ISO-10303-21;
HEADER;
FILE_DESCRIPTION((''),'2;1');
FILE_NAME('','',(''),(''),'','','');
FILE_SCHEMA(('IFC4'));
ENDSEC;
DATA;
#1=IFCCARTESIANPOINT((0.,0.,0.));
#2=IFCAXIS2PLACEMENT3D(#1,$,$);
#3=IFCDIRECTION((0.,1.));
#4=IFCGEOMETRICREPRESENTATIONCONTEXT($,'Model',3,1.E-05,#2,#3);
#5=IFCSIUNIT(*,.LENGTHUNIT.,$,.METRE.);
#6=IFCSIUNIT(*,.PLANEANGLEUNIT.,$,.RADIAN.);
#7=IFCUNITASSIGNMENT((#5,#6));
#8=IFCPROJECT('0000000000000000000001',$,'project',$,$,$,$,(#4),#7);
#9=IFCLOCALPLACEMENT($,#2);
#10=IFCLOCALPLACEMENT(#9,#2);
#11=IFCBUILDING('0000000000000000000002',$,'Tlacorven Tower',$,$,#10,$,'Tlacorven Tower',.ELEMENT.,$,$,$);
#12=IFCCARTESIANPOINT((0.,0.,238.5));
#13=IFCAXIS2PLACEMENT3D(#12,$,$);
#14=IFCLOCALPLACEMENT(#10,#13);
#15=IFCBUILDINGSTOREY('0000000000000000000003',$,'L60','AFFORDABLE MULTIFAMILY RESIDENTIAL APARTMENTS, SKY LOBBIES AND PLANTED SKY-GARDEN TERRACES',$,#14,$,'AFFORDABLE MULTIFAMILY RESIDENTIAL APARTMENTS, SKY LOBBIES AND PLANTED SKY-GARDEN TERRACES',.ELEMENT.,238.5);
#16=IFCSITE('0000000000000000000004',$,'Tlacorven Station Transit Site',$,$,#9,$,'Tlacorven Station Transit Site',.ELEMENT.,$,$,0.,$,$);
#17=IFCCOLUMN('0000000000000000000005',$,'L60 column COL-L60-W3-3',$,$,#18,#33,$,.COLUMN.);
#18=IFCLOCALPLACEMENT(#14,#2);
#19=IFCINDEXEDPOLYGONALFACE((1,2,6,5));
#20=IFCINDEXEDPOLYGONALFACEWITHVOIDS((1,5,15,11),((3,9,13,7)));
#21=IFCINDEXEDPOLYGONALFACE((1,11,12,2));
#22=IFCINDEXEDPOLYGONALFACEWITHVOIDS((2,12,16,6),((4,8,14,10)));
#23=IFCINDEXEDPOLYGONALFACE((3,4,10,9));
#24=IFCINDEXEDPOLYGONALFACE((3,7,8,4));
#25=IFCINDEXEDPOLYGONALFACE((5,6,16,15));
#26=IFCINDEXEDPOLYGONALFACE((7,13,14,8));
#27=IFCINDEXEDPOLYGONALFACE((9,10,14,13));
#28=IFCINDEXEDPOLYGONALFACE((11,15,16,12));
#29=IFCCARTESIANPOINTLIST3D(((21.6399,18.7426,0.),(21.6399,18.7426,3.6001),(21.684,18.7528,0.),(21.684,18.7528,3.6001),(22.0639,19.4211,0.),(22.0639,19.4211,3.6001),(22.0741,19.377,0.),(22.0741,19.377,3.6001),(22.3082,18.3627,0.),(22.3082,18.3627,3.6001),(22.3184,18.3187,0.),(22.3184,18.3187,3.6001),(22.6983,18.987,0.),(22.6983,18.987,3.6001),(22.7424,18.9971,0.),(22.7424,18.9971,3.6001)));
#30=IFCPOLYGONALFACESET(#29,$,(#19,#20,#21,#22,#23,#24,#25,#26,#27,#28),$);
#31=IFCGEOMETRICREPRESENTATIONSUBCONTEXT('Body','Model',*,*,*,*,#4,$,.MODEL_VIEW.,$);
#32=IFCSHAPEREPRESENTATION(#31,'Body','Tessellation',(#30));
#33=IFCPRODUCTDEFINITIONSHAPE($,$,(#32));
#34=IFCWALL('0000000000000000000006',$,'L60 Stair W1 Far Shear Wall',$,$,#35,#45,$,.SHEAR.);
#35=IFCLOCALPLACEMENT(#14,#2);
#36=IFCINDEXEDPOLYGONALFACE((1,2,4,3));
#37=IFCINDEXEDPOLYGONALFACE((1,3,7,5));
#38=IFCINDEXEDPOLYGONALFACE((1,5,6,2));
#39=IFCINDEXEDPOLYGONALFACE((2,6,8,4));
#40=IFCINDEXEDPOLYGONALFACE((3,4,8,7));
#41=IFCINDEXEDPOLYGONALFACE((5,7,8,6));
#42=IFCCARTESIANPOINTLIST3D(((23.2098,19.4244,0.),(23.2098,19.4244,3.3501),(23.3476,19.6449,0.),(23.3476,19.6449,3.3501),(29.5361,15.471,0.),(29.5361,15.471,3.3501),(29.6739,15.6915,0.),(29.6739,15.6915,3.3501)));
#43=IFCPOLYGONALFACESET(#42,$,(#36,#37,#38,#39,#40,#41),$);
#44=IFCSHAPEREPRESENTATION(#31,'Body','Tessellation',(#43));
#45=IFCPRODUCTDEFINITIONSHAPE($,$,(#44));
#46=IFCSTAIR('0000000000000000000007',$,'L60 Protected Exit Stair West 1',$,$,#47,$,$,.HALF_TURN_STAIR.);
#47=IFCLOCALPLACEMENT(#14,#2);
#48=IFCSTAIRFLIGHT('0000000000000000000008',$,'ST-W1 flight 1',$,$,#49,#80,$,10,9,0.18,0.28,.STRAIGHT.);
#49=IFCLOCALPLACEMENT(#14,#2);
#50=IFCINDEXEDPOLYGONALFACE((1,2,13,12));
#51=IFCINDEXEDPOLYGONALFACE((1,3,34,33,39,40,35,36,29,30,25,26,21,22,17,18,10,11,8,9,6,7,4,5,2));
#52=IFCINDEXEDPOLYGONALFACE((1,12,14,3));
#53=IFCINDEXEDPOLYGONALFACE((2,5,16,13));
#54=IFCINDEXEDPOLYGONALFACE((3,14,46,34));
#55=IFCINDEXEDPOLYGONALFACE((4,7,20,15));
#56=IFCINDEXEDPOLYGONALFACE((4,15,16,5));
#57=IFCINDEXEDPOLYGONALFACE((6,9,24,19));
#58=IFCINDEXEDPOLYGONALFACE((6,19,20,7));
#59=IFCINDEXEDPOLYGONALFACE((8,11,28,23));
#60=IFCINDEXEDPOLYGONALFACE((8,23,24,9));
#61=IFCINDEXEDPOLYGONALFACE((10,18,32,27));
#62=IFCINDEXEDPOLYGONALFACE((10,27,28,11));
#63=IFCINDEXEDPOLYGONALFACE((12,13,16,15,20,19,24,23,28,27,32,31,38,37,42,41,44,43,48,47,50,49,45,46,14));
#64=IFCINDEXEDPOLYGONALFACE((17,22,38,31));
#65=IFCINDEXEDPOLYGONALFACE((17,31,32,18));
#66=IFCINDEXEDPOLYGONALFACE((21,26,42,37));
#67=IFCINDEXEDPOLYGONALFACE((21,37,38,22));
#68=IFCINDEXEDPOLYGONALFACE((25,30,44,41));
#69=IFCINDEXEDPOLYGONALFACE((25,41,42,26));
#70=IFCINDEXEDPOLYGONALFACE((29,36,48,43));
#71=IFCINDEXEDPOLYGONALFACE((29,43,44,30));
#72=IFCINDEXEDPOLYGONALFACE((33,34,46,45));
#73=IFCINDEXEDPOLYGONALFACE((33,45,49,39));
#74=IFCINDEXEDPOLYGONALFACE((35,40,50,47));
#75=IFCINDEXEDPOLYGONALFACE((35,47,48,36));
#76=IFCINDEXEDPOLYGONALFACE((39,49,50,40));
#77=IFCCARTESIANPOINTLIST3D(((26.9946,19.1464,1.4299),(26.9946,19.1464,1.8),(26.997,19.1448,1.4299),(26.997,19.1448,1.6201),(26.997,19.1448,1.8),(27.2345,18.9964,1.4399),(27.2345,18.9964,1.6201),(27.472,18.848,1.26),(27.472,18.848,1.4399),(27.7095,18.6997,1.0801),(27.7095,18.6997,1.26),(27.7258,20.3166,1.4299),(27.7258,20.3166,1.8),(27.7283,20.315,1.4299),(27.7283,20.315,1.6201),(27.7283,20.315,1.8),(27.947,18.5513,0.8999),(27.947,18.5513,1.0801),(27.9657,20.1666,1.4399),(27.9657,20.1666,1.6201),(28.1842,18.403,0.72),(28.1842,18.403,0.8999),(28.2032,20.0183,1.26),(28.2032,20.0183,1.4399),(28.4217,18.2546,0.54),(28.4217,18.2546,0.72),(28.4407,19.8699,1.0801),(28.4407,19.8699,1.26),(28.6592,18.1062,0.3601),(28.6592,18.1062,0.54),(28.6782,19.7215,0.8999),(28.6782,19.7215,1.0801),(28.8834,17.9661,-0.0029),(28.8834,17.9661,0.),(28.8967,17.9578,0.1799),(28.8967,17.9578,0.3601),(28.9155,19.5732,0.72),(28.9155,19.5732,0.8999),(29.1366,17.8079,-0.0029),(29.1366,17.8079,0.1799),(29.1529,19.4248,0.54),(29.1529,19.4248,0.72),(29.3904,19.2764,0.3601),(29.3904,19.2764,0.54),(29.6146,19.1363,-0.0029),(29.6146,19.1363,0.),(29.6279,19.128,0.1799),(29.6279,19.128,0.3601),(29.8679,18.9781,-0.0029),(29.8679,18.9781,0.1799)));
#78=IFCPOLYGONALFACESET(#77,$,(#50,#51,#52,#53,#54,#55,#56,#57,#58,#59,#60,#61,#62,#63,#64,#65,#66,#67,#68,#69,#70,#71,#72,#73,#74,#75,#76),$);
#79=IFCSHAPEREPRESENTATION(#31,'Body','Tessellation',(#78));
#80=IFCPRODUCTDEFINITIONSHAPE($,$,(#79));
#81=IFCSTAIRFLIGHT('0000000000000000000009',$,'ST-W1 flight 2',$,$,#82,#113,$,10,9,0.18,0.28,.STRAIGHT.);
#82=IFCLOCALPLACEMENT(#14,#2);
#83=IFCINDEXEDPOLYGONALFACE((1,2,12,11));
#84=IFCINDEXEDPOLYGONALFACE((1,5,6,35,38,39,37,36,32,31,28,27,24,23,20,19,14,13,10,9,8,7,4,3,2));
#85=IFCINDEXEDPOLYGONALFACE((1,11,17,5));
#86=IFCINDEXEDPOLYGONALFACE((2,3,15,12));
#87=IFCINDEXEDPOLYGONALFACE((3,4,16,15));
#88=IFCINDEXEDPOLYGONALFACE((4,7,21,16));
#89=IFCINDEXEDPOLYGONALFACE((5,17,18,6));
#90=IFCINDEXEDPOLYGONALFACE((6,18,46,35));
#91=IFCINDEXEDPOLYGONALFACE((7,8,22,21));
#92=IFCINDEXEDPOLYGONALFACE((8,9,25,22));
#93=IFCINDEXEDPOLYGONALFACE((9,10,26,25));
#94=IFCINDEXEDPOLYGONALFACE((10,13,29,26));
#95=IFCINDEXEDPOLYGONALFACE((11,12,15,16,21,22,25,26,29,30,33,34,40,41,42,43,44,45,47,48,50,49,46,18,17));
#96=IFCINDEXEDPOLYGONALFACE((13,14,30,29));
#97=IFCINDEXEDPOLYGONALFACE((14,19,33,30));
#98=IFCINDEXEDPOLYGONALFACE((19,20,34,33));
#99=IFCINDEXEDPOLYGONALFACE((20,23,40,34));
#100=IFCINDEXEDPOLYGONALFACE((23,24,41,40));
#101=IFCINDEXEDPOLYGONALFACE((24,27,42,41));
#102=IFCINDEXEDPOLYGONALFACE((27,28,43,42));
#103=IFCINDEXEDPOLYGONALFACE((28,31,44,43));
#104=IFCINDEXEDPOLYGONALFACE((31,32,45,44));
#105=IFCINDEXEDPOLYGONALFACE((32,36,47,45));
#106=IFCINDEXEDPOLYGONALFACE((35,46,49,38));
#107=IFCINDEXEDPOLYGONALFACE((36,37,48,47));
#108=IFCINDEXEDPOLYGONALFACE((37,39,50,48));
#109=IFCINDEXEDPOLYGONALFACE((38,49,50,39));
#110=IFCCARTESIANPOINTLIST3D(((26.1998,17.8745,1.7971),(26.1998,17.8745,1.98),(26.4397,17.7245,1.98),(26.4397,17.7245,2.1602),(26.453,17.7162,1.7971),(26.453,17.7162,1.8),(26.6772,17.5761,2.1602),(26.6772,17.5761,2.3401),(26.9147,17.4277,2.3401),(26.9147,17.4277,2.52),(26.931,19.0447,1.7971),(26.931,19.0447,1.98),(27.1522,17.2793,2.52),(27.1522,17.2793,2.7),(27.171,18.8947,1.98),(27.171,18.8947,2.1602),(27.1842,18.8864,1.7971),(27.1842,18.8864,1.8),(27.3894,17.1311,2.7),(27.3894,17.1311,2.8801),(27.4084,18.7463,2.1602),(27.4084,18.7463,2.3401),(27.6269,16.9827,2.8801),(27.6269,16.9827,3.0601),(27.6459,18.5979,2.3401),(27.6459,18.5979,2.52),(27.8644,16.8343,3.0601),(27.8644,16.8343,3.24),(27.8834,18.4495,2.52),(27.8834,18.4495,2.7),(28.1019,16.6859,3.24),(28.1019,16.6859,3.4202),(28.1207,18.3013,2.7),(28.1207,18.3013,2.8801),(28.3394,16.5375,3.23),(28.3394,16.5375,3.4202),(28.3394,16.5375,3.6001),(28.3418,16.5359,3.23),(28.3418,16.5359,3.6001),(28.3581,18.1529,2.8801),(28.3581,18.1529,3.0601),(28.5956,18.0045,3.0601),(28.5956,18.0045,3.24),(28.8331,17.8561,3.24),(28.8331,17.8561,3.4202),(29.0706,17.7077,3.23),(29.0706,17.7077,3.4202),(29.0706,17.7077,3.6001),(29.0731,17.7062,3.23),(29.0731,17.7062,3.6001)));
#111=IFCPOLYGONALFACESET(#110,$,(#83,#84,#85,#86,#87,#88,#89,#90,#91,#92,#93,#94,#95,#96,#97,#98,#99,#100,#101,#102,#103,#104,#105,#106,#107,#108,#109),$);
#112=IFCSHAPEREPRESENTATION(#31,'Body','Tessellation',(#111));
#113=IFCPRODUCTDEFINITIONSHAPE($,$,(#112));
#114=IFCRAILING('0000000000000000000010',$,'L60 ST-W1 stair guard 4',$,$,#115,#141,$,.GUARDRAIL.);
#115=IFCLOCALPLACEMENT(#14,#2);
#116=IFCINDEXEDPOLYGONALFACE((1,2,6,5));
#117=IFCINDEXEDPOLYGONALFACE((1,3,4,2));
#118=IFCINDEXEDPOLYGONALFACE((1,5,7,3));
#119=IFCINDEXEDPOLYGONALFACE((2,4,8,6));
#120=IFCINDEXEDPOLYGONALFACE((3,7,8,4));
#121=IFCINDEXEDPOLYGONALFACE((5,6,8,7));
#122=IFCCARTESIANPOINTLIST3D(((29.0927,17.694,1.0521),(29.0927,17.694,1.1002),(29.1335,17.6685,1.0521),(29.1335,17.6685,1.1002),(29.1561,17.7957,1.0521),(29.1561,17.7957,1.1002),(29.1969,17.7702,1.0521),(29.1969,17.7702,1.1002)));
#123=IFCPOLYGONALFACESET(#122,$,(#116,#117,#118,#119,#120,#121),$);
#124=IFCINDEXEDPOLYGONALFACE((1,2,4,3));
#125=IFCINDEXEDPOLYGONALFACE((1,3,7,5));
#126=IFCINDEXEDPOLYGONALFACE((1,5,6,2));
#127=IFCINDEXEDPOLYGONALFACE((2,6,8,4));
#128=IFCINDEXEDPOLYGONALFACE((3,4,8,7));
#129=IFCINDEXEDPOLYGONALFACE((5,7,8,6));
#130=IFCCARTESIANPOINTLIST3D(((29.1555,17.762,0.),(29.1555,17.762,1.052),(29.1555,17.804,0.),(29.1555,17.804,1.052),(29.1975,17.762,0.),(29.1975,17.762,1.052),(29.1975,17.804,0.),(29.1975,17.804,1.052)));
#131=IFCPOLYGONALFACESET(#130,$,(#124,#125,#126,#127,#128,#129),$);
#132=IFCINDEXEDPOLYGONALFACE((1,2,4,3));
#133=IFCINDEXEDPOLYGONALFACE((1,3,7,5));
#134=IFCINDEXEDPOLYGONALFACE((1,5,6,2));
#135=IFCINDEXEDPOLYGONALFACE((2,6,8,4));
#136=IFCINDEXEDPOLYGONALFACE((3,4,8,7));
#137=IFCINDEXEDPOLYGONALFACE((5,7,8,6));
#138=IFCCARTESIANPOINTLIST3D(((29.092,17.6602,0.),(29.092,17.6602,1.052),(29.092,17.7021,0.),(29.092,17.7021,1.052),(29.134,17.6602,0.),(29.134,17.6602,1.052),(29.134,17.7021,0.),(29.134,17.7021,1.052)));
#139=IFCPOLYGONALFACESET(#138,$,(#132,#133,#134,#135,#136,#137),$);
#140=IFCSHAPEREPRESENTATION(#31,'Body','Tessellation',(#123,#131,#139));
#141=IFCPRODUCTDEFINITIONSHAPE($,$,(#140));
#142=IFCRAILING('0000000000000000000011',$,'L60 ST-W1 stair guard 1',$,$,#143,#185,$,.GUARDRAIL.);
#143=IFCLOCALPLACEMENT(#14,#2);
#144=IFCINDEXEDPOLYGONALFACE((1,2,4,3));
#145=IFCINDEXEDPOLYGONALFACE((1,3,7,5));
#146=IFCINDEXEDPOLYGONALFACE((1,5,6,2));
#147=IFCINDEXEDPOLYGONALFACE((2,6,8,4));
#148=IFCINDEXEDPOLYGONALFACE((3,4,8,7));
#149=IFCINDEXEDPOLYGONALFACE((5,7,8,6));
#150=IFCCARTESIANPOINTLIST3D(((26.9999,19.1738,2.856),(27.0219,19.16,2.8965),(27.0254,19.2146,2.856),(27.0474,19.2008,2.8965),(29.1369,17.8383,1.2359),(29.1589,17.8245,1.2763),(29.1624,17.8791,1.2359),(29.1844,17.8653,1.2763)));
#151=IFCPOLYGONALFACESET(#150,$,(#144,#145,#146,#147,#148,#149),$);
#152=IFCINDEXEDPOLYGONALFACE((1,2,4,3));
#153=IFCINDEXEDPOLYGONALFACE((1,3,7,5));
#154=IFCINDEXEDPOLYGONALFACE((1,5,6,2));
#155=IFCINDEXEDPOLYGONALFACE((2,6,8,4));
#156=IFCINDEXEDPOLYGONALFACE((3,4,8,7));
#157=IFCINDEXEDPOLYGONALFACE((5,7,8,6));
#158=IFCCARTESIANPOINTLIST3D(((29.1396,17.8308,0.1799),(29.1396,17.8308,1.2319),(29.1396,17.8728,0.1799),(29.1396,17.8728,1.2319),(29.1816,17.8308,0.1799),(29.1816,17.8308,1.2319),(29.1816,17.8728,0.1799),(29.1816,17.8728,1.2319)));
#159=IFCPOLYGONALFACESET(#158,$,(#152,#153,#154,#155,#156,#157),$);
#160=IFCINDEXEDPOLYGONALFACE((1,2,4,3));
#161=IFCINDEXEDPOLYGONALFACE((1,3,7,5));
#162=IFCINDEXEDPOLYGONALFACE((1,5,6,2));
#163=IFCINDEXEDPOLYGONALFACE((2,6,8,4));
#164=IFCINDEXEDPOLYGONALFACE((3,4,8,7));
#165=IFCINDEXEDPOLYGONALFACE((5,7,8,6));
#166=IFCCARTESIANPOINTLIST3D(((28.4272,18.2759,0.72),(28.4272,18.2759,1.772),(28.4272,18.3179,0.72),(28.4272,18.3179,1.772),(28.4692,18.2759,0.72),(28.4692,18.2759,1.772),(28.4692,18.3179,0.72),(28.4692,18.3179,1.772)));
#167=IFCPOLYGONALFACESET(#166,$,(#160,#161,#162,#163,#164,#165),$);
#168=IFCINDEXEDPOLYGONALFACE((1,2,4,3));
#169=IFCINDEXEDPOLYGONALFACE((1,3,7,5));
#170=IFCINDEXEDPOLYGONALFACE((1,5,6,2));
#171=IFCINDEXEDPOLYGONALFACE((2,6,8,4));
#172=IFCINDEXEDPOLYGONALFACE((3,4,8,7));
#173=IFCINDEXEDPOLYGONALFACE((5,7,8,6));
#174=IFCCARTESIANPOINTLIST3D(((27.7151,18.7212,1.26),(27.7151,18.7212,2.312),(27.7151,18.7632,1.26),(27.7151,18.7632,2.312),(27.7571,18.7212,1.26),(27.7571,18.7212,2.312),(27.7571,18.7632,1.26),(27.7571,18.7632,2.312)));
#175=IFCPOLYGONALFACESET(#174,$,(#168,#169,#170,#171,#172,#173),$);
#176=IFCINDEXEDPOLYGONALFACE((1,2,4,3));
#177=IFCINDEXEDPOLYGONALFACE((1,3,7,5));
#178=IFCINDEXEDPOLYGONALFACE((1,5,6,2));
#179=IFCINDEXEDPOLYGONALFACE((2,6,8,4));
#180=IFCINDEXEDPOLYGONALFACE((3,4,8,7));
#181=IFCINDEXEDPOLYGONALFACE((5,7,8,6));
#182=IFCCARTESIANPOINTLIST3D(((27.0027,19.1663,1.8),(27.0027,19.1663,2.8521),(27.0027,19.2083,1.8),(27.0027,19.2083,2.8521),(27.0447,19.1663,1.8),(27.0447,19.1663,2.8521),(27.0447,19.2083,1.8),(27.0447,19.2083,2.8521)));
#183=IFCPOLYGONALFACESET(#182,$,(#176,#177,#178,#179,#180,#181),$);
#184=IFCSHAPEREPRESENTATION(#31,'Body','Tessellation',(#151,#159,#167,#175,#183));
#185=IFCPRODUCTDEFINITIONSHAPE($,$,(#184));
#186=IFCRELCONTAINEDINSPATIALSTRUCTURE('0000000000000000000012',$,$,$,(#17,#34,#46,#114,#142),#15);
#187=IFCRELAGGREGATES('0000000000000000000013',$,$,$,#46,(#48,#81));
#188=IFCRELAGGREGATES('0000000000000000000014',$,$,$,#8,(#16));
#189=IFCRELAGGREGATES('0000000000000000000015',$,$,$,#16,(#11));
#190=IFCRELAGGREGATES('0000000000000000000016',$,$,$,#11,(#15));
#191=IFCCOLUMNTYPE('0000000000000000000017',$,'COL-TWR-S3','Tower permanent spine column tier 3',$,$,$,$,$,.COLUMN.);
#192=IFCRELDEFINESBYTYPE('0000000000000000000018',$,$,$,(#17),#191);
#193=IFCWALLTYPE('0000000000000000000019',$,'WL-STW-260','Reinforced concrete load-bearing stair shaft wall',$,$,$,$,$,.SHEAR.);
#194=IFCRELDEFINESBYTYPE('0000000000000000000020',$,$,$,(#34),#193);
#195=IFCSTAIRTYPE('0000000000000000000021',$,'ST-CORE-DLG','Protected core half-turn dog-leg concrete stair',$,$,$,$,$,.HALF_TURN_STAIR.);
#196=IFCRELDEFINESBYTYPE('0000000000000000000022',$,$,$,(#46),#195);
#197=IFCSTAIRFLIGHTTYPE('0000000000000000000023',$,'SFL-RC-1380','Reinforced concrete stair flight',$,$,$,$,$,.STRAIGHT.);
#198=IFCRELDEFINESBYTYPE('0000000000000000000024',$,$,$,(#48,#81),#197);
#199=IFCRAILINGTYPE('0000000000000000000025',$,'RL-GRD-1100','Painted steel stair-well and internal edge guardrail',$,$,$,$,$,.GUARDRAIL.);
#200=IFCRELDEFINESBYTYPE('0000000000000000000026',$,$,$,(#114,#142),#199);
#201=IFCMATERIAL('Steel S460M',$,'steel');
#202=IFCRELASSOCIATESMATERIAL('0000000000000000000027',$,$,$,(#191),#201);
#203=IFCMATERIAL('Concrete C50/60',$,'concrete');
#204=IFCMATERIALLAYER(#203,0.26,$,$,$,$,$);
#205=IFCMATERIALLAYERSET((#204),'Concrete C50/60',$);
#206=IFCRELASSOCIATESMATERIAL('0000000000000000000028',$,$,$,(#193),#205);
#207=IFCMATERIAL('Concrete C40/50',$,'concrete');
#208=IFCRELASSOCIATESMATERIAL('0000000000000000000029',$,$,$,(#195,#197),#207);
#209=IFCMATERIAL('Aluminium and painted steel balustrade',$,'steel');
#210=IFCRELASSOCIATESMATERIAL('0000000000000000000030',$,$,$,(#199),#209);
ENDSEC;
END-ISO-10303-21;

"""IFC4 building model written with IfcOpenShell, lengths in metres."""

from ifc_helpers import new_model, si_unit, direction, frame, frame_2d, origin, origin_2d, place, context, subcontext, project, spatial, polyline, rectangle, hollow_rectangle, outline, extrude, source, transform, mapped, material, layer, layer_set, material_profile, profile_set, type_object, element, aggregate, save


model = new_model("IFC4")

# Units and contexts
model_context = context("Model", 3, precision=1e-05, world=origin(), true_north=direction((0.0, 1.0)))
body_context = subcontext(model_context, "Body", "Model", "MODEL_VIEW")
ifc_project = project(units=[si_unit("LENGTHUNIT", "METRE"), si_unit("PLANEANGLEUNIT", "RADIAN")], contexts=[model_context])

# Site, building, storey
site_placement = place(None, origin())
site = spatial("IfcSite", under=ifc_project, at=site_placement, Name="Tlacorven Station Transit Site", LongName="Tlacorven Station Transit Site", CompositionType="ELEMENT", RefElevation=0.0)
building_placement = place(site_placement, origin())
building = spatial("IfcBuilding", under=site, at=building_placement, Name="Tlacorven Tower", LongName="Tlacorven Tower", CompositionType="ELEMENT")
storey_placement = place(building_placement, frame((0.0, 0.0, 238.5)))
storey = spatial("IfcBuildingStorey", under=building, at=storey_placement, Name="L60", Description="AFFORDABLE MULTIFAMILY RESIDENTIAL APARTMENTS, SKY LOBBIES AND PLANTED SKY-GARDEN TERRACES", LongName="AFFORDABLE MULTIFAMILY RESIDENTIAL APARTMENTS, SKY LOBBIES AND PLANTED SKY-GARDEN TERRACES", CompositionType="ELEMENT", Elevation=238.5)

# Column
ifc_material_1 = material(Name="Steel S460M", Category="steel")
ifc_material_profile = material_profile(ifc_material_1, hollow_rectangle(XDim=0.8, YDim=0.8, WallThickness=0.032, at=origin_2d()), Name="BOX 800X800X32")
ifc_profile_set = profile_set([ifc_material_profile], Name="Steel S460M")
column_type = type_object("IfcColumnType", Name="COL-TWR-S3", Description="Tower permanent spine column tier 3", PredefinedType="COLUMN", material=ifc_profile_set)
shared_shape_1 = source(origin(), body_context, "Body", "SweptSolid", [
    extrude(hollow_rectangle(XDim=0.8, YDim=0.8, WallThickness=0.032, at=origin_2d()), origin(), (0.0, 0.0, 1.0), 3.6001),
])
column_placement = place(storey_placement, frame((22.1912, 18.8699, 0.0), z_axis=(0.0, 0.0, 1.0), x_axis=(-0.848048, 0.529919, 0.0)))
element("IfcColumn", 1, at=column_placement, inside=storey, type_object=column_type, Name="L60 column COL-L60-W3-3", PredefinedType="COLUMN", context=body_context, shape_type="MappedRepresentation", body=[
    mapped(shared_shape_1, transform((0.0, 0.0, 0.0), scale=1.0)),
])

# Wall
ifc_material_2 = material(Name="Concrete C50/60", Category="concrete")
ifc_layer = layer(ifc_material_2, 0.26)
ifc_layer_set = layer_set([ifc_layer], Name="Concrete C50/60")
wall_type = type_object("IfcWallType", Name="WL-STW-260", Description="Reinforced concrete load-bearing stair shaft wall", PredefinedType="SHEAR", material=ifc_layer_set)
wall_placement = place(storey_placement, frame((29.605, 15.5813, 0.0), z_axis=(0.0, 0.0, 1.0), x_axis=(-0.848037, 0.529937, 0.0)))
element("IfcWall", 2, at=wall_placement, inside=storey, type_object=wall_type, Name="L60 Stair W1 Far Shear Wall", PredefinedType="SHEAR", context=body_context, shape_type="SweptSolid", body=[
    extrude(rectangle(XDim=7.46, YDim=0.26, at=frame_2d((3.73, 0.0))), origin(), (0.0, 0.0, 1.0), 3.3501),
])

# Stair, stair flights
ifc_material_3 = material(Name="Concrete C40/50", Category="concrete")
stair_type = type_object("IfcStairType", Name="ST-CORE-DLG", Description="Protected core half-turn dog-leg concrete stair", PredefinedType="HALF_TURN_STAIR", material=ifc_material_3)
stair_placement = place(storey_placement, origin())
stair = element("IfcStair", 3, at=stair_placement, inside=storey, type_object=stair_type, Name="L60 Protected Exit Stair West 1", PredefinedType="HALF_TURN_STAIR")
stair_flight_type = type_object("IfcStairFlightType", Name="SFL-RC-1380", Description="Reinforced concrete stair flight", PredefinedType="STRAIGHT", material=ifc_material_3)
shared_shape_2 = source(origin(), body_context, "Body", "SweptSolid", [
    extrude(outline(polyline([(-0.0029, -0.0029), (-0.0029, 0.1799), (0.28, 0.1799), (0.28, 0.3601), (0.5601, 0.3601), (0.5601, 0.54), (0.8401, 0.54), (0.8401, 0.72), (1.1201, 0.72), (1.1201, 0.8999), (1.3999, 0.8999), (1.3999, 1.0801), (1.6799, 1.0801), (1.6799, 1.26), (1.96, 1.26), (1.96, 1.4399), (2.24, 1.4399), (2.24, 1.6201), (2.52, 1.6201), (2.52, 1.8), (2.5229, 1.8), (2.5229, 1.4299), (2.52, 1.4299), (0.2957, 0.0), (0.2957, -0.0029), (-0.0029, -0.0029)])), frame((0.0, 0.6899, 0.0), z_axis=(0.0, -1.0, 0.0), x_axis=(1.0, 0.0, 0.0)), (0.0, 0.0, 1.0), 1.3799),
])
stair_flight_1_placement = place(storey_placement, frame((29.4998, 18.3945, 0.0), z_axis=(0.0, 0.0, 1.0), x_axis=(-0.848048, 0.529919, 0.0)))
stair_flight_1 = element("IfcStairFlight", 4, at=stair_flight_1_placement, type_object=stair_flight_type, Name="ST-W1 flight 1", NumberOfRisers=10, NumberOfTreads=9, PredefinedType="STRAIGHT", RiserHeight=0.18, TreadLength=0.28, context=body_context, shape_type="MappedRepresentation", body=[
    mapped(shared_shape_2, transform((0.0, 0.0, 0.0), scale=1.0)),
])
stair_flight_2_placement = place(storey_placement, frame((26.5679, 18.458, 1.8), z_axis=(0.0, 0.0, 1.0), x_axis=(0.848048, -0.529919, 0.0)))
stair_flight_2 = element("IfcStairFlight", 5, at=stair_flight_2_placement, type_object=stair_flight_type, Name="ST-W1 flight 2", NumberOfRisers=10, NumberOfTreads=9, PredefinedType="STRAIGHT", RiserHeight=0.18, TreadLength=0.28, context=body_context, shape_type="MappedRepresentation", body=[
    mapped(shared_shape_2, transform((0.0, 0.0, 0.0), scale=1.0)),
])
aggregate(stair, [stair_flight_1, stair_flight_2])

# Railings
ifc_material_4 = material(Name="Aluminium and painted steel balustrade", Category="steel")
railing_type_1 = type_object("IfcRailingType", Name="RL-GRD-1100", Description="Painted steel stair-well and internal edge guardrail", PredefinedType="GUARDRAIL", material=ifc_material_4)
shared_shape_3 = source(origin(), body_context, "Body", "SweptSolid", [
    extrude(rectangle(XDim=0.0481, YDim=0.0481, at=origin_2d()), frame((0.0, 0.0, 1.0762), z_axis=(-0.529084, -0.848569, 0.0), x_axis=(0.848569, -0.529084, 0.0)), (0.0, 0.0, 1.0), 0.1199),
    extrude(rectangle(XDim=0.042, YDim=0.042, at=origin_2d()), origin(), (0.0, 0.0, 1.0), 1.052),
    extrude(rectangle(XDim=0.042, YDim=0.042, at=origin_2d()), frame((-0.0635, -0.1018, 0.0)), (0.0, 0.0, 1.0), 1.052),
])
railing_1_placement = place(storey_placement, frame((29.1765, 17.783, 0.0)))
element("IfcRailing", 6, at=railing_1_placement, inside=storey, type_object=railing_type_1, Name="L60 ST-W1 stair guard 4", PredefinedType="GUARDRAIL", context=body_context, shape_type="MappedRepresentation", body=[
    mapped(shared_shape_3, transform((0.0, 0.0, 0.0), scale=1.0)),
])
shared_shape_4 = source(origin(), body_context, "Body", "SweptSolid", [
    extrude(rectangle(XDim=0.0481, YDim=0.0481, at=origin_2d()), frame((0.0, 0.0, 1.0762), z_axis=(-0.71332, 0.445774, 0.540796), x_axis=(-0.529955, -0.848026, 0.0)), (0.0, 0.0, 1.0), 2.9958),
    extrude(rectangle(XDim=0.042, YDim=0.042, at=origin_2d()), origin(), (0.0, 0.0, 1.0), 1.052),
    extrude(rectangle(XDim=0.042, YDim=0.042, at=origin_2d()), frame((-0.7124, 0.4451, 0.54)), (0.0, 0.0, 1.0), 1.052),
    extrude(rectangle(XDim=0.042, YDim=0.042, at=origin_2d()), frame((-1.4246, 0.8904, 1.0801)), (0.0, 0.0, 1.0), 1.052),
    extrude(rectangle(XDim=0.042, YDim=0.042, at=origin_2d()), frame((-2.137, 1.3354, 1.6201)), (0.0, 0.0, 1.0), 1.052),
])
railing_2_placement = place(storey_placement, frame((29.1606, 17.8518, 0.1799)))
element("IfcRailing", 7, at=railing_2_placement, inside=storey, type_object=railing_type_1, Name="L60 ST-W1 stair guard 1", PredefinedType="GUARDRAIL", context=body_context, shape_type="MappedRepresentation", body=[
    mapped(shared_shape_4, transform((0.0, 0.0, 0.0), scale=1.0)),
])

save(model, "model.ifc")
